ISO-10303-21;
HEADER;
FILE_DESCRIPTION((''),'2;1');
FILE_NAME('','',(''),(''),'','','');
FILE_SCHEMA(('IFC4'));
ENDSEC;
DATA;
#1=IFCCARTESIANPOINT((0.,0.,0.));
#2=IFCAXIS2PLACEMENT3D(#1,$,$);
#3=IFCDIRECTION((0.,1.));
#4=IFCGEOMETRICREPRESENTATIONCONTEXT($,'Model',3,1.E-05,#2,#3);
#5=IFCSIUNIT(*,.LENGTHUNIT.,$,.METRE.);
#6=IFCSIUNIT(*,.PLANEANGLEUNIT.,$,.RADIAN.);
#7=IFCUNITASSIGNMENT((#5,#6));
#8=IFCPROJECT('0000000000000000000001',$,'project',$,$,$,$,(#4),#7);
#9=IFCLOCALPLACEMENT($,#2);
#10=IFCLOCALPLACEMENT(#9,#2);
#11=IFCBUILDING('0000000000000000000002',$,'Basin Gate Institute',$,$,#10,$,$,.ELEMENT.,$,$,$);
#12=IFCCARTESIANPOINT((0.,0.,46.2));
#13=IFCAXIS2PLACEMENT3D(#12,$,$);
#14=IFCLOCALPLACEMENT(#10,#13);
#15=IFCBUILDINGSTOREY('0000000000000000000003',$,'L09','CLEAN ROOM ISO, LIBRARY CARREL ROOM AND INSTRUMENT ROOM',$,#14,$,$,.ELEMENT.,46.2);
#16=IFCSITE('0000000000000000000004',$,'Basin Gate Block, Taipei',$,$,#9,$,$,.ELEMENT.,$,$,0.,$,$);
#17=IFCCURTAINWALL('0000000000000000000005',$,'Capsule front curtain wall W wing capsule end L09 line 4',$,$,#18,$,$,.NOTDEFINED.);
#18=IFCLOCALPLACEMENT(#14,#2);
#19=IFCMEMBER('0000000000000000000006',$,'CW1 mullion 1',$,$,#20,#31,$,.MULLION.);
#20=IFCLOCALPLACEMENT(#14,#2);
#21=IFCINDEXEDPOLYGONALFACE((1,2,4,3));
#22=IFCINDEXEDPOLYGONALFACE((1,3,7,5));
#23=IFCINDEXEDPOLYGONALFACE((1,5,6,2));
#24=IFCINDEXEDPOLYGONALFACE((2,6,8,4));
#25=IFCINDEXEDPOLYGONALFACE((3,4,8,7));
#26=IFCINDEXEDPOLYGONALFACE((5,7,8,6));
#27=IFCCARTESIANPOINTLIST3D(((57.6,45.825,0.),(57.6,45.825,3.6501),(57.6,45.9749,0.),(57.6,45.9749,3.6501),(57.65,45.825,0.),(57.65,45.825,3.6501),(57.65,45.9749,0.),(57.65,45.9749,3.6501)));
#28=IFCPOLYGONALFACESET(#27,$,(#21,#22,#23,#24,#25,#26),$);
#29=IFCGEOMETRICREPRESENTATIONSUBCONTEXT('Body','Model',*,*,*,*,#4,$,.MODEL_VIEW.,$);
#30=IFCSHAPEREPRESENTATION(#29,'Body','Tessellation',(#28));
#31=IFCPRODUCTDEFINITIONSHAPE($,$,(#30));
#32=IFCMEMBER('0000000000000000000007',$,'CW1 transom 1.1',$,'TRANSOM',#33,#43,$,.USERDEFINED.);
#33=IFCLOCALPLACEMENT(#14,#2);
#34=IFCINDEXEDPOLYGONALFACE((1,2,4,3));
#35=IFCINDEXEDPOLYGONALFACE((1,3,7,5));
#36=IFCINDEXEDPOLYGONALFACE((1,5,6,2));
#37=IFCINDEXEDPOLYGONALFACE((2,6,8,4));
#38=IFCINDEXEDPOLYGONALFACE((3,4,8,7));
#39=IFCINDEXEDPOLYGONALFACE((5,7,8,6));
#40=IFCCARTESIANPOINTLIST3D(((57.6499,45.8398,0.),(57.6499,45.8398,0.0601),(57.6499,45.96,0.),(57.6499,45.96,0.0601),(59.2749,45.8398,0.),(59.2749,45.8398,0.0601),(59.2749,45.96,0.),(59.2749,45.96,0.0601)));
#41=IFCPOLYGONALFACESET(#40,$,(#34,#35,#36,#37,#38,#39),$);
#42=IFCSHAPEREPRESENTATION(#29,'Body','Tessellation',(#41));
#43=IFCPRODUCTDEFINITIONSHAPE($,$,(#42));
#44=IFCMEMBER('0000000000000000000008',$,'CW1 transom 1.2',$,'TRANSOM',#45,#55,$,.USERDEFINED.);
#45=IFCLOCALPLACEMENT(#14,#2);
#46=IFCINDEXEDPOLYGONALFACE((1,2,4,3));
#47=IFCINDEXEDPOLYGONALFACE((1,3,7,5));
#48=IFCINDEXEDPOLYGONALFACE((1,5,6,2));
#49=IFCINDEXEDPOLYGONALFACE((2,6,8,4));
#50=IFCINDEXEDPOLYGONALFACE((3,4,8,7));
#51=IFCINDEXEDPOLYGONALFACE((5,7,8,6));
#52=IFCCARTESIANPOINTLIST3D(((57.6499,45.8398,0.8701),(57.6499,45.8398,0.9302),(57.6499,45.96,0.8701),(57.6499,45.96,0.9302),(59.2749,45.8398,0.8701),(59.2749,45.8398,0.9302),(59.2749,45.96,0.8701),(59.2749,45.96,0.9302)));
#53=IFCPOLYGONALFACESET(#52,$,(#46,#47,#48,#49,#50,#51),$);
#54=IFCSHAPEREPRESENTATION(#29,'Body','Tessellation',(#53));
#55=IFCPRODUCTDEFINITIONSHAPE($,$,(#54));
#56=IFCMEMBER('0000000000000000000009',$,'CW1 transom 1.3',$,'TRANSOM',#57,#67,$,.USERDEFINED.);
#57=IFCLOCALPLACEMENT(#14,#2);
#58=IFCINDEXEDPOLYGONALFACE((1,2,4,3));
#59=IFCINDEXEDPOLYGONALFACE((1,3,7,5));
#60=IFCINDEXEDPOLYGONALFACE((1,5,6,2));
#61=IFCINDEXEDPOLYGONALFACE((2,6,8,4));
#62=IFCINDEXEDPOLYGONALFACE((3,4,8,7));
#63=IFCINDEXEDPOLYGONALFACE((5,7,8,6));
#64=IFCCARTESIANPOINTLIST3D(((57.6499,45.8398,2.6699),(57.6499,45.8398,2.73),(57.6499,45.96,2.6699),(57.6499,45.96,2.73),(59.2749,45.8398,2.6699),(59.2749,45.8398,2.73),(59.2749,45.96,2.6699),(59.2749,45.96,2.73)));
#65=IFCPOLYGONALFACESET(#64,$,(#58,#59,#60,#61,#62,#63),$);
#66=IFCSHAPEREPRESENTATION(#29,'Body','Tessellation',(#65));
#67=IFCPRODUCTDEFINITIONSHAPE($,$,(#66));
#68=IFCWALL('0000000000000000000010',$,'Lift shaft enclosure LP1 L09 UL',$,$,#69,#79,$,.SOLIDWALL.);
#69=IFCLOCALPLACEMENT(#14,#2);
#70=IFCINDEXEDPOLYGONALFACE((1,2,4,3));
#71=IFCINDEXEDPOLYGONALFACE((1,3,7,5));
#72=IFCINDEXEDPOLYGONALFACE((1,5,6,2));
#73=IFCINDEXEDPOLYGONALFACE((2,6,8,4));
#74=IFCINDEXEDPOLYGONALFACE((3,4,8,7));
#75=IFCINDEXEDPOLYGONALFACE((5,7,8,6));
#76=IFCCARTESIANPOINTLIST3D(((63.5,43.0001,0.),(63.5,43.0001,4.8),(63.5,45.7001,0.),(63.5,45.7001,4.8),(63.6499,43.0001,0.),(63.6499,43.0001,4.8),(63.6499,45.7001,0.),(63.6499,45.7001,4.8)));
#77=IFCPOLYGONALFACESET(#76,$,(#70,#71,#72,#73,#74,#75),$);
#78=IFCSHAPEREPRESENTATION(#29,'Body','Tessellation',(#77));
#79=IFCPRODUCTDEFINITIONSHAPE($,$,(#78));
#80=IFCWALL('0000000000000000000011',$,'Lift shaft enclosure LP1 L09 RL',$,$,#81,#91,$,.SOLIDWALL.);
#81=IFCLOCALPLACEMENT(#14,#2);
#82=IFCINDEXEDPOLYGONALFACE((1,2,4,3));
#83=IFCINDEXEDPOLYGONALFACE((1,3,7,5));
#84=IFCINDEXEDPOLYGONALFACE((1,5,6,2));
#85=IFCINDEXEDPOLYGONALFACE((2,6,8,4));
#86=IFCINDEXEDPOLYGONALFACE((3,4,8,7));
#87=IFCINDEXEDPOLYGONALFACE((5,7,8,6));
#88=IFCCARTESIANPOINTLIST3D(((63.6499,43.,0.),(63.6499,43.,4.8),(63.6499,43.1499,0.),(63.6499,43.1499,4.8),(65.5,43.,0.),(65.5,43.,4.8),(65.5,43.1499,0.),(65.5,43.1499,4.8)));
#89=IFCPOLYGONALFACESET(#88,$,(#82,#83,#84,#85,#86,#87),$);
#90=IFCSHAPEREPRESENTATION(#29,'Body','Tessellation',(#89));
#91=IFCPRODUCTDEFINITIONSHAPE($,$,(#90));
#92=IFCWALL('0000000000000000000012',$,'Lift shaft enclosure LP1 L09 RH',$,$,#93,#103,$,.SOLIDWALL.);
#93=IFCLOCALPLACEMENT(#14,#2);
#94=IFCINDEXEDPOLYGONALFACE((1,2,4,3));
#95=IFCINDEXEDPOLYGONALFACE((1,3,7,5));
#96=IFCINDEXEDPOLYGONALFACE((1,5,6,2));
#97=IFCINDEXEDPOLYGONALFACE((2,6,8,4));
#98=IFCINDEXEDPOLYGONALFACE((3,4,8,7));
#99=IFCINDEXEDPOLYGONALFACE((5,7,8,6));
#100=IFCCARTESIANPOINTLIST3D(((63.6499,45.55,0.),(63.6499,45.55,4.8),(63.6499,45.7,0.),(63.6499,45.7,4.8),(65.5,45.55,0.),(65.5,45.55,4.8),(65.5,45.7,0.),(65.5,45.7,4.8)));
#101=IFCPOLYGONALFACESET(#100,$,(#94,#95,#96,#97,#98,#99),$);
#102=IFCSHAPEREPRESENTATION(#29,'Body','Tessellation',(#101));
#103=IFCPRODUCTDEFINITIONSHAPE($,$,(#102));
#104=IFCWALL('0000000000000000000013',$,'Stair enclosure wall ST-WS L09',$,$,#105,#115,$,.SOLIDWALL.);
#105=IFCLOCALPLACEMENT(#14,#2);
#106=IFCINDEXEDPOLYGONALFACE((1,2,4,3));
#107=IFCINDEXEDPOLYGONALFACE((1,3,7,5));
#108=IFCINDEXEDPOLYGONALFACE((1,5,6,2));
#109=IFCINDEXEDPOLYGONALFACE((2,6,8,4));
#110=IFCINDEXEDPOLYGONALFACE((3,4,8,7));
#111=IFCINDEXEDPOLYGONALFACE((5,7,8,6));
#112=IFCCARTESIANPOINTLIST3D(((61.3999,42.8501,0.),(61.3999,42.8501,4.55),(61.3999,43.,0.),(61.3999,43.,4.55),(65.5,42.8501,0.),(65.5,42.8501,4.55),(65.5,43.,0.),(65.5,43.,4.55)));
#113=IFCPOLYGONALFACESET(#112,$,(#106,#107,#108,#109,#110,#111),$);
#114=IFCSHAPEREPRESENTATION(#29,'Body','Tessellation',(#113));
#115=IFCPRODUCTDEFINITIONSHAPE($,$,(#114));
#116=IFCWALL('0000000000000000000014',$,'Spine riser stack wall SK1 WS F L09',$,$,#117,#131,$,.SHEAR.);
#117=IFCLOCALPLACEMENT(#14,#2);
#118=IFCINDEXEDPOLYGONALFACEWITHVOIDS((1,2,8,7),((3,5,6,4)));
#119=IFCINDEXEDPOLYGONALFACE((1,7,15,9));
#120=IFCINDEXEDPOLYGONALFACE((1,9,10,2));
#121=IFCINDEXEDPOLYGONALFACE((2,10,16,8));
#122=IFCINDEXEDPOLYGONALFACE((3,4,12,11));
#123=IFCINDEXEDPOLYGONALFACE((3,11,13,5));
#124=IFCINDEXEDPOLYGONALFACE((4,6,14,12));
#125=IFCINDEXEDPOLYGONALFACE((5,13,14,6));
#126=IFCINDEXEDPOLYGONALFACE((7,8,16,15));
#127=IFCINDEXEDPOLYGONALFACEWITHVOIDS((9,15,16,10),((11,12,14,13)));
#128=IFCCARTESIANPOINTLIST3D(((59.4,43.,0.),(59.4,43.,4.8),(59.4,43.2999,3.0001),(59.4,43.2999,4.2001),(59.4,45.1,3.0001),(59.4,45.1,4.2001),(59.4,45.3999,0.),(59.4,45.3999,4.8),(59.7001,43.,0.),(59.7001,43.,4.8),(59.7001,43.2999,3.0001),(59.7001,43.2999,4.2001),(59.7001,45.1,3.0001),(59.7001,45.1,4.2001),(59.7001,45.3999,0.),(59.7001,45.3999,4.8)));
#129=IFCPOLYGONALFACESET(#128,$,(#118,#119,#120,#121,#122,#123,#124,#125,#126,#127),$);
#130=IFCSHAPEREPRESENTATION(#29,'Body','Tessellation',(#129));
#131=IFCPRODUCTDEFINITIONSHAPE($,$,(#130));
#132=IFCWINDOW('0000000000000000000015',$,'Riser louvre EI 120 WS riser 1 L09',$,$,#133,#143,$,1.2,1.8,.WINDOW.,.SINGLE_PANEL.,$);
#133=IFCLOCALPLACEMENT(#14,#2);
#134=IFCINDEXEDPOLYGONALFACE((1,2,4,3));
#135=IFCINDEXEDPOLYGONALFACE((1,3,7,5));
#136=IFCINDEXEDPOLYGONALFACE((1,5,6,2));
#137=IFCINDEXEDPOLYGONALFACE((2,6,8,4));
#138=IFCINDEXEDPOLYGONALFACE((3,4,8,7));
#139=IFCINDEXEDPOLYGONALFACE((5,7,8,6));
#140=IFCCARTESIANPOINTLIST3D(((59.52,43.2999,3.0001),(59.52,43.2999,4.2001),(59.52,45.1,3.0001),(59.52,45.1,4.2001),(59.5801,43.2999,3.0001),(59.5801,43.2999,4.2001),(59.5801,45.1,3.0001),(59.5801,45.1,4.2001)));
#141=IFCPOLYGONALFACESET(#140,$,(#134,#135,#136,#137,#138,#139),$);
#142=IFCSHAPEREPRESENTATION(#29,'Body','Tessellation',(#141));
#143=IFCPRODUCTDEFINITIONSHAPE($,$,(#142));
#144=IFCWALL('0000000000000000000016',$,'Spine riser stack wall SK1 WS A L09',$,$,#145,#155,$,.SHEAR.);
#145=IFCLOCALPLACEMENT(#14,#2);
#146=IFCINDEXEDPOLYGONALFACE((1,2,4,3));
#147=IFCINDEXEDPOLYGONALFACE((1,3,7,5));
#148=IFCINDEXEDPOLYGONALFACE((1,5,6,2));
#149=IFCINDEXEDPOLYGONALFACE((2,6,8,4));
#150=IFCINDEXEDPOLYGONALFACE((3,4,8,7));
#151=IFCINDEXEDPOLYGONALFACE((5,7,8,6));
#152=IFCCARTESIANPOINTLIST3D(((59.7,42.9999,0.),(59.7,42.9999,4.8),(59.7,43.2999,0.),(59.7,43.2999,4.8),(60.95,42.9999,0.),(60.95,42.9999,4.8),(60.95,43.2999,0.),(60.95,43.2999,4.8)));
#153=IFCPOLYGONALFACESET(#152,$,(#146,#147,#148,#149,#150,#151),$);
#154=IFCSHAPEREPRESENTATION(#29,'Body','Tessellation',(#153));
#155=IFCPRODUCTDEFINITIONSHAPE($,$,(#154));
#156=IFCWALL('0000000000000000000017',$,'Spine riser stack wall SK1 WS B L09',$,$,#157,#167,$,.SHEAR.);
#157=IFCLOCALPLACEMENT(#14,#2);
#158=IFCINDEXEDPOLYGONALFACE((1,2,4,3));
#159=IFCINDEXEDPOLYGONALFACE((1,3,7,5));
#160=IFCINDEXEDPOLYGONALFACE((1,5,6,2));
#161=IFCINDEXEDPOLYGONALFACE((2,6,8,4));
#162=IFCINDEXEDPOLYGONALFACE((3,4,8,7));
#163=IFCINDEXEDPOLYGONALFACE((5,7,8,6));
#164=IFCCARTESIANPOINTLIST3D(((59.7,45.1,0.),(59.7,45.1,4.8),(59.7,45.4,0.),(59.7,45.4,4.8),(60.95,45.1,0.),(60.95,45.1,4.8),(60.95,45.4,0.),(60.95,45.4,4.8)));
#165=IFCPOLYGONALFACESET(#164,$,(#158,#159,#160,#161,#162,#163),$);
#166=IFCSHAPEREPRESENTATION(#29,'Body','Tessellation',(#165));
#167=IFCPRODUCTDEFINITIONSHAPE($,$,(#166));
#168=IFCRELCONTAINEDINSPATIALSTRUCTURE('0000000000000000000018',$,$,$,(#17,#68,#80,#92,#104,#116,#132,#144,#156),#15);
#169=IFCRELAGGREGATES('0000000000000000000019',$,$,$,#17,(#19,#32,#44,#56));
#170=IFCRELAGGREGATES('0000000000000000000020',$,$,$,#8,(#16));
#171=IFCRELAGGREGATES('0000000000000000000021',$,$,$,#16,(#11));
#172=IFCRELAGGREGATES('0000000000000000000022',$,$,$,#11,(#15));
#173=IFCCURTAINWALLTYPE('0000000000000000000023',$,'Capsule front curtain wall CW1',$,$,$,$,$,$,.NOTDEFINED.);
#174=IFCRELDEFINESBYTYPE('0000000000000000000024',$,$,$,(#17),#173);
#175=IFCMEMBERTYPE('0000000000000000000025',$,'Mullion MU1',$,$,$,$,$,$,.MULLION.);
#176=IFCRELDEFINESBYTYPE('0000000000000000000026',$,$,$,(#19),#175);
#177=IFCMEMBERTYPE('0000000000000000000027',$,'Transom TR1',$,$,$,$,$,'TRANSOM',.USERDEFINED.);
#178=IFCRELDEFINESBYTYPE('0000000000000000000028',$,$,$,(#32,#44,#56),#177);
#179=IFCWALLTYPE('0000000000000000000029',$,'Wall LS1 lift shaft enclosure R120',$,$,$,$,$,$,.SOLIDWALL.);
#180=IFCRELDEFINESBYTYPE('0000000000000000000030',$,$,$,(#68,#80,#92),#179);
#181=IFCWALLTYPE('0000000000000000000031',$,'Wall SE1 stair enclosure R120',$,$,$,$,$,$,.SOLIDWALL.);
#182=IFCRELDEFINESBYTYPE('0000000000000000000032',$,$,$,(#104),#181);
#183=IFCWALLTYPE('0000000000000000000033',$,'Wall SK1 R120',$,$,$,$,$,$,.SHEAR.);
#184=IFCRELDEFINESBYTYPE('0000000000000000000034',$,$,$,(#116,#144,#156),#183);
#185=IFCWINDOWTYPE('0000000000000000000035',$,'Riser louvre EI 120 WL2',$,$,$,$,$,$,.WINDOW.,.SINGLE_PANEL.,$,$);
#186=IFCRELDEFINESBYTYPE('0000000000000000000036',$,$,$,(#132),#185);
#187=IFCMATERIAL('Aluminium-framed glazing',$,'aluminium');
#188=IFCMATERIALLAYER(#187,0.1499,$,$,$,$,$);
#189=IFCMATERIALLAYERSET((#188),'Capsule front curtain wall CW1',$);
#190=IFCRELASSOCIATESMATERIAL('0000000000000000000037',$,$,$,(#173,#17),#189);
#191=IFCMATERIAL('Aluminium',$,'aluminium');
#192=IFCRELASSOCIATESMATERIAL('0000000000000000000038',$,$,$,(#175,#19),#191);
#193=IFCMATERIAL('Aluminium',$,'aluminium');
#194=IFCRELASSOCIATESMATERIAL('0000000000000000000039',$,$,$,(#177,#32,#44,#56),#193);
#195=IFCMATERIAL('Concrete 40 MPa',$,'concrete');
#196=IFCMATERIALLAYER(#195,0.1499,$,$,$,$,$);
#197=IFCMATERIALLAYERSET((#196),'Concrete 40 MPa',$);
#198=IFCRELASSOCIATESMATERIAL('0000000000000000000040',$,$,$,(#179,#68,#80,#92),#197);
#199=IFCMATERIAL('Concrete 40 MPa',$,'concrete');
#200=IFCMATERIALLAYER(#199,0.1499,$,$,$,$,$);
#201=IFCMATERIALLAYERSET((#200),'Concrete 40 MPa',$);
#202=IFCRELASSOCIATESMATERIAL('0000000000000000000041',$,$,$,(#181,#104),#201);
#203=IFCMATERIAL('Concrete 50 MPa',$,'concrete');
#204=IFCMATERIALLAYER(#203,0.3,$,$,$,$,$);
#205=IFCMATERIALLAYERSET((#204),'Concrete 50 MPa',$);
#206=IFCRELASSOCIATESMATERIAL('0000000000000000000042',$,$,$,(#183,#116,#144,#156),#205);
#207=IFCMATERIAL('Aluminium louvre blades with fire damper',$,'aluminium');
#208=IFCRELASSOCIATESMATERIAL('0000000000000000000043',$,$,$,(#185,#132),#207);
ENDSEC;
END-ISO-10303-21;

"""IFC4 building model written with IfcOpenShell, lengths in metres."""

from ifc_helpers import new_model, si_unit, direction, frame, frame_2d, origin, origin_2d, place, context, subcontext, project, spatial, rectangle, extrude, material, layer, layer_set, material_profile, profile_set, type_object, element, fill, aggregate, save


model = new_model("IFC4")

# Units and contexts
model_context = context("Model", 3, precision=1e-05, world=origin(), true_north=direction((0.0, 1.0)))
body_context = subcontext(model_context, "Body", "Model", "MODEL_VIEW")
ifc_project = project(units=[si_unit("LENGTHUNIT", "METRE"), si_unit("PLANEANGLEUNIT", "RADIAN")], contexts=[model_context])

# Site, building, storey
site_placement = place(None, origin())
site = spatial("IfcSite", under=ifc_project, at=site_placement, Name="Basin Gate Block, Taipei", CompositionType="ELEMENT", RefElevation=0.0)
building_placement = place(site_placement, origin())
building = spatial("IfcBuilding", under=site, at=building_placement, Name="Basin Gate Institute", CompositionType="ELEMENT")
storey_placement = place(building_placement, frame((0.0, 0.0, 46.2)))
storey = spatial("IfcBuildingStorey", under=building, at=storey_placement, Name="L09", Description="CLEAN ROOM ISO, LIBRARY CARREL ROOM AND INSTRUMENT ROOM", CompositionType="ELEMENT", Elevation=46.2)

# Curtain wall, members
ifc_material_1 = material(Name="Aluminium-framed glazing", Category="aluminium")
ifc_layer_1 = layer(ifc_material_1, 0.1499)
ifc_layer_set_1 = layer_set([ifc_layer_1], Name="Capsule front curtain wall CW1")
curtain_wall_type = type_object("IfcCurtainWallType", Name="Capsule front curtain wall CW1", PredefinedType="NOTDEFINED", material=ifc_layer_set_1)
curtain_wall_placement = place(storey_placement, origin())
curtain_wall = element("IfcCurtainWall", 1, at=curtain_wall_placement, inside=storey, type_object=curtain_wall_type, material=ifc_layer_set_1, Name="Capsule front curtain wall W wing capsule end L09 line 4", PredefinedType="NOTDEFINED")
ifc_material_2 = material(Name="Aluminium", Category="aluminium")
ifc_material_profile_1 = material_profile(ifc_material_2, rectangle(XDim=0.1499, YDim=0.05, at=origin_2d()), Name="Mullion MU1 150 x 50")
ifc_profile_set_1 = profile_set([ifc_material_profile_1], Name="Aluminium")
member_type_1 = type_object("IfcMemberType", Name="Mullion MU1", PredefinedType="MULLION", material=ifc_profile_set_1)
member_1_placement = place(storey_placement, frame((57.625, 45.8999, 0.0), z_axis=(0.0, 0.0, 1.0), x_axis=(0.0, 1.0, 0.0)))
member_1 = element("IfcMember", 2, at=member_1_placement, type_object=member_type_1, material=ifc_profile_set_1, Name="CW1 mullion 1", PredefinedType="MULLION", context=body_context, shape_type="SweptSolid", body=[
    extrude(rectangle(XDim=0.1499, YDim=0.05, at=origin_2d()), origin(), (0.0, 0.0, 1.0), 3.6501),
])
ifc_material_3 = material(Name="Aluminium", Category="aluminium")
ifc_material_profile_2 = material_profile(ifc_material_3, rectangle(XDim=0.1201, YDim=0.0601, at=origin_2d()), Name="Transom TR1 120 x 60")
ifc_profile_set_2 = profile_set([ifc_material_profile_2], Name="Aluminium")
member_type_2 = type_object("IfcMemberType", Name="Transom TR1", ElementType="TRANSOM", PredefinedType="USERDEFINED", material=ifc_profile_set_2)
member_2_placement = place(storey_placement, frame((57.6499, 45.8999, 0.03), z_axis=(1.0, 0.0, 0.0), x_axis=(0.0, 1.0, 0.0)))
member_2 = element("IfcMember", 3, at=member_2_placement, type_object=member_type_2, material=ifc_profile_set_2, Name="CW1 transom 1.1", ObjectType="TRANSOM", PredefinedType="USERDEFINED", context=body_context, shape_type="SweptSolid", body=[
    extrude(rectangle(XDim=0.1201, YDim=0.0601, at=origin_2d()), origin(), (0.0, 0.0, 1.0), 1.625),
])
member_3_placement = place(storey_placement, frame((57.6499, 45.8999, 0.9001), z_axis=(1.0, 0.0, 0.0), x_axis=(0.0, 1.0, 0.0)))
member_3 = element("IfcMember", 4, at=member_3_placement, type_object=member_type_2, material=ifc_profile_set_2, Name="CW1 transom 1.2", ObjectType="TRANSOM", PredefinedType="USERDEFINED", context=body_context, shape_type="SweptSolid", body=[
    extrude(rectangle(XDim=0.1201, YDim=0.0601, at=origin_2d()), origin(), (0.0, 0.0, 1.0), 1.625),
])
member_4_placement = place(storey_placement, frame((57.6499, 45.8999, 2.7), z_axis=(1.0, 0.0, 0.0), x_axis=(0.0, 1.0, 0.0)))
member_4 = element("IfcMember", 5, at=member_4_placement, type_object=member_type_2, material=ifc_profile_set_2, Name="CW1 transom 1.3", ObjectType="TRANSOM", PredefinedType="USERDEFINED", context=body_context, shape_type="SweptSolid", body=[
    extrude(rectangle(XDim=0.1201, YDim=0.0601, at=origin_2d()), origin(), (0.0, 0.0, 1.0), 1.625),
])
aggregate(curtain_wall, [member_1, member_2, member_3, member_4])

# Walls
ifc_material_4 = material(Name="Concrete 40 MPa", Category="concrete")
ifc_layer_2 = layer(ifc_material_4, 0.1499)
ifc_layer_set_2 = layer_set([ifc_layer_2], Name="Concrete 40 MPa")
wall_type_1 = type_object("IfcWallType", Name="Wall LS1 lift shaft enclosure R120", PredefinedType="SOLIDWALL", material=ifc_layer_set_2)
wall_1_placement = place(storey_placement, frame((63.575, 43.0, 0.0), z_axis=(0.0, 0.0, 1.0), x_axis=(0.0, 1.0, 0.0)))
element("IfcWall", 6, at=wall_1_placement, inside=storey, type_object=wall_type_1, material=ifc_layer_set_2, Name="Lift shaft enclosure LP1 L09 UL", PredefinedType="SOLIDWALL", context=body_context, shape_type="SweptSolid", body=[
    extrude(rectangle(XDim=2.7, YDim=0.1499, at=frame_2d((1.3501, 0.0))), origin(), (0.0, 0.0, 1.0), 4.8),
])
for number, where, z_axis, x_axis, name in (
    (7, (63.6499, 43.075, 0.0), (0.0, 0.0, 1.0), (1.0, 0.0, 0.0), "Lift shaft enclosure LP1 L09 RL"),
    (8, (63.6499, 45.625, 0.0), (0.0, 0.0, 1.0), (1.0, 0.0, 0.0), "Lift shaft enclosure LP1 L09 RH"),
):
    element("IfcWall", number, at=place(storey_placement, frame(where, z_axis=z_axis, x_axis=x_axis)), inside=storey, type_object=wall_type_1, material=ifc_layer_set_2, Name=name, PredefinedType="SOLIDWALL", context=body_context, shape_type="SweptSolid", body=[
        extrude(rectangle(XDim=1.8501, YDim=0.1499, at=frame_2d((0.925, 0.0))), origin(), (0.0, 0.0, 1.0), 4.8),
    ])
ifc_material_5 = material(Name="Concrete 40 MPa", Category="concrete")
ifc_layer_3 = layer(ifc_material_5, 0.1499)
ifc_layer_set_3 = layer_set([ifc_layer_3], Name="Concrete 40 MPa")
wall_type_2 = type_object("IfcWallType", Name="Wall SE1 stair enclosure R120", PredefinedType="SOLIDWALL", material=ifc_layer_set_3)
wall_2_placement = place(storey_placement, frame((61.3999, 42.925, 0.0), z_axis=(0.0, 0.0, 1.0), x_axis=(1.0, 0.0, 0.0)))
element("IfcWall", 9, at=wall_2_placement, inside=storey, type_object=wall_type_2, material=ifc_layer_set_3, Name="Stair enclosure wall ST-WS L09", PredefinedType="SOLIDWALL", context=body_context, shape_type="SweptSolid", body=[
    extrude(rectangle(XDim=4.1001, YDim=0.1499, at=frame_2d((2.05, 0.0))), origin(), (0.0, 0.0, 1.0), 4.55),
])

# Wall, opening, window
ifc_material_6 = material(Name="Concrete 50 MPa", Category="concrete")
ifc_layer_4 = layer(ifc_material_6, 0.3)
ifc_layer_set_4 = layer_set([ifc_layer_4], Name="Concrete 50 MPa")
wall_type_3 = type_object("IfcWallType", Name="Wall SK1 R120", PredefinedType="SHEAR", material=ifc_layer_set_4)
wall_3_placement = place(storey_placement, frame((59.55, 43.0, 0.0), z_axis=(0.0, 0.0, 1.0), x_axis=(0.0, 1.0, 0.0)))
wall_3 = element("IfcWall", 10, at=wall_3_placement, inside=storey, type_object=wall_type_3, material=ifc_layer_set_4, Name="Spine riser stack wall SK1 WS F L09", PredefinedType="SHEAR", context=body_context, shape_type="SweptSolid", body=[
    extrude(rectangle(XDim=2.3999, YDim=0.3, at=frame_2d((1.2, 0.0))), origin(), (0.0, 0.0, 1.0), 4.8),
])
opening_1_placement = place(wall_3_placement, frame((0.3, 0.0, 3.0)))
opening_1 = element("IfcOpeningElement", 11, at=opening_1_placement, cuts=wall_3, PredefinedType="OPENING", context=body_context, shape_type="SweptSolid", body=[
    extrude(rectangle(XDim=1.8, YDim=1.2, at=frame_2d((0.8999, 0.6001))), frame((0.0, 0.1602, 0.0), z_axis=(0.0, -1.0, 0.0), x_axis=(1.0, 0.0, 0.0)), (0.0, 0.0, 1.0), 0.3201),
])
ifc_material_7 = material(Name="Aluminium louvre blades with fire damper", Category="aluminium")
window_type_1 = type_object("IfcWindowType", Name="Riser louvre EI 120 WL2", PartitioningType="SINGLE_PANEL", PredefinedType="WINDOW", material=ifc_material_7)
window_1_placement = place(opening_1_placement, origin())
window_1 = element("IfcWindow", 12, at=window_1_placement, inside=storey, type_object=window_type_1, material=ifc_material_7, Name="Riser louvre EI 120 WS riser 1 L09", OverallHeight=1.2, OverallWidth=1.8, PartitioningType="SINGLE_PANEL", PredefinedType="WINDOW", context=body_context, shape_type="SweptSolid", body=[
    extrude(rectangle(XDim=1.8, YDim=1.2, at=frame_2d((0.8999, 0.6001))), frame((0.0, 0.03, 0.0), z_axis=(0.0, -1.0, 0.0), x_axis=(1.0, 0.0, 0.0)), (0.0, 0.0, 1.0), 0.0601),
])
fill(opening_1, window_1)

# Walls
for number, where, z_axis, x_axis, name in (
    (13, (60.95, 43.1499, 0.0), (0.0, 0.0, 1.0), (-1.0, 0.0, 0.0), "Spine riser stack wall SK1 WS A L09"),
    (14, (60.95, 45.25, 0.0), (0.0, 0.0, 1.0), (-1.0, 0.0, 0.0), "Spine riser stack wall SK1 WS B L09"),
):
    element("IfcWall", number, at=place(storey_placement, frame(where, z_axis=z_axis, x_axis=x_axis)), inside=storey, type_object=wall_type_3, material=ifc_layer_set_4, Name=name, PredefinedType="SHEAR", context=body_context, shape_type="SweptSolid", body=[
        extrude(rectangle(XDim=1.25, YDim=0.3, at=frame_2d((0.625, 0.0))), origin(), (0.0, 0.0, 1.0), 4.8),
    ])

save(model, "model.ifc")
